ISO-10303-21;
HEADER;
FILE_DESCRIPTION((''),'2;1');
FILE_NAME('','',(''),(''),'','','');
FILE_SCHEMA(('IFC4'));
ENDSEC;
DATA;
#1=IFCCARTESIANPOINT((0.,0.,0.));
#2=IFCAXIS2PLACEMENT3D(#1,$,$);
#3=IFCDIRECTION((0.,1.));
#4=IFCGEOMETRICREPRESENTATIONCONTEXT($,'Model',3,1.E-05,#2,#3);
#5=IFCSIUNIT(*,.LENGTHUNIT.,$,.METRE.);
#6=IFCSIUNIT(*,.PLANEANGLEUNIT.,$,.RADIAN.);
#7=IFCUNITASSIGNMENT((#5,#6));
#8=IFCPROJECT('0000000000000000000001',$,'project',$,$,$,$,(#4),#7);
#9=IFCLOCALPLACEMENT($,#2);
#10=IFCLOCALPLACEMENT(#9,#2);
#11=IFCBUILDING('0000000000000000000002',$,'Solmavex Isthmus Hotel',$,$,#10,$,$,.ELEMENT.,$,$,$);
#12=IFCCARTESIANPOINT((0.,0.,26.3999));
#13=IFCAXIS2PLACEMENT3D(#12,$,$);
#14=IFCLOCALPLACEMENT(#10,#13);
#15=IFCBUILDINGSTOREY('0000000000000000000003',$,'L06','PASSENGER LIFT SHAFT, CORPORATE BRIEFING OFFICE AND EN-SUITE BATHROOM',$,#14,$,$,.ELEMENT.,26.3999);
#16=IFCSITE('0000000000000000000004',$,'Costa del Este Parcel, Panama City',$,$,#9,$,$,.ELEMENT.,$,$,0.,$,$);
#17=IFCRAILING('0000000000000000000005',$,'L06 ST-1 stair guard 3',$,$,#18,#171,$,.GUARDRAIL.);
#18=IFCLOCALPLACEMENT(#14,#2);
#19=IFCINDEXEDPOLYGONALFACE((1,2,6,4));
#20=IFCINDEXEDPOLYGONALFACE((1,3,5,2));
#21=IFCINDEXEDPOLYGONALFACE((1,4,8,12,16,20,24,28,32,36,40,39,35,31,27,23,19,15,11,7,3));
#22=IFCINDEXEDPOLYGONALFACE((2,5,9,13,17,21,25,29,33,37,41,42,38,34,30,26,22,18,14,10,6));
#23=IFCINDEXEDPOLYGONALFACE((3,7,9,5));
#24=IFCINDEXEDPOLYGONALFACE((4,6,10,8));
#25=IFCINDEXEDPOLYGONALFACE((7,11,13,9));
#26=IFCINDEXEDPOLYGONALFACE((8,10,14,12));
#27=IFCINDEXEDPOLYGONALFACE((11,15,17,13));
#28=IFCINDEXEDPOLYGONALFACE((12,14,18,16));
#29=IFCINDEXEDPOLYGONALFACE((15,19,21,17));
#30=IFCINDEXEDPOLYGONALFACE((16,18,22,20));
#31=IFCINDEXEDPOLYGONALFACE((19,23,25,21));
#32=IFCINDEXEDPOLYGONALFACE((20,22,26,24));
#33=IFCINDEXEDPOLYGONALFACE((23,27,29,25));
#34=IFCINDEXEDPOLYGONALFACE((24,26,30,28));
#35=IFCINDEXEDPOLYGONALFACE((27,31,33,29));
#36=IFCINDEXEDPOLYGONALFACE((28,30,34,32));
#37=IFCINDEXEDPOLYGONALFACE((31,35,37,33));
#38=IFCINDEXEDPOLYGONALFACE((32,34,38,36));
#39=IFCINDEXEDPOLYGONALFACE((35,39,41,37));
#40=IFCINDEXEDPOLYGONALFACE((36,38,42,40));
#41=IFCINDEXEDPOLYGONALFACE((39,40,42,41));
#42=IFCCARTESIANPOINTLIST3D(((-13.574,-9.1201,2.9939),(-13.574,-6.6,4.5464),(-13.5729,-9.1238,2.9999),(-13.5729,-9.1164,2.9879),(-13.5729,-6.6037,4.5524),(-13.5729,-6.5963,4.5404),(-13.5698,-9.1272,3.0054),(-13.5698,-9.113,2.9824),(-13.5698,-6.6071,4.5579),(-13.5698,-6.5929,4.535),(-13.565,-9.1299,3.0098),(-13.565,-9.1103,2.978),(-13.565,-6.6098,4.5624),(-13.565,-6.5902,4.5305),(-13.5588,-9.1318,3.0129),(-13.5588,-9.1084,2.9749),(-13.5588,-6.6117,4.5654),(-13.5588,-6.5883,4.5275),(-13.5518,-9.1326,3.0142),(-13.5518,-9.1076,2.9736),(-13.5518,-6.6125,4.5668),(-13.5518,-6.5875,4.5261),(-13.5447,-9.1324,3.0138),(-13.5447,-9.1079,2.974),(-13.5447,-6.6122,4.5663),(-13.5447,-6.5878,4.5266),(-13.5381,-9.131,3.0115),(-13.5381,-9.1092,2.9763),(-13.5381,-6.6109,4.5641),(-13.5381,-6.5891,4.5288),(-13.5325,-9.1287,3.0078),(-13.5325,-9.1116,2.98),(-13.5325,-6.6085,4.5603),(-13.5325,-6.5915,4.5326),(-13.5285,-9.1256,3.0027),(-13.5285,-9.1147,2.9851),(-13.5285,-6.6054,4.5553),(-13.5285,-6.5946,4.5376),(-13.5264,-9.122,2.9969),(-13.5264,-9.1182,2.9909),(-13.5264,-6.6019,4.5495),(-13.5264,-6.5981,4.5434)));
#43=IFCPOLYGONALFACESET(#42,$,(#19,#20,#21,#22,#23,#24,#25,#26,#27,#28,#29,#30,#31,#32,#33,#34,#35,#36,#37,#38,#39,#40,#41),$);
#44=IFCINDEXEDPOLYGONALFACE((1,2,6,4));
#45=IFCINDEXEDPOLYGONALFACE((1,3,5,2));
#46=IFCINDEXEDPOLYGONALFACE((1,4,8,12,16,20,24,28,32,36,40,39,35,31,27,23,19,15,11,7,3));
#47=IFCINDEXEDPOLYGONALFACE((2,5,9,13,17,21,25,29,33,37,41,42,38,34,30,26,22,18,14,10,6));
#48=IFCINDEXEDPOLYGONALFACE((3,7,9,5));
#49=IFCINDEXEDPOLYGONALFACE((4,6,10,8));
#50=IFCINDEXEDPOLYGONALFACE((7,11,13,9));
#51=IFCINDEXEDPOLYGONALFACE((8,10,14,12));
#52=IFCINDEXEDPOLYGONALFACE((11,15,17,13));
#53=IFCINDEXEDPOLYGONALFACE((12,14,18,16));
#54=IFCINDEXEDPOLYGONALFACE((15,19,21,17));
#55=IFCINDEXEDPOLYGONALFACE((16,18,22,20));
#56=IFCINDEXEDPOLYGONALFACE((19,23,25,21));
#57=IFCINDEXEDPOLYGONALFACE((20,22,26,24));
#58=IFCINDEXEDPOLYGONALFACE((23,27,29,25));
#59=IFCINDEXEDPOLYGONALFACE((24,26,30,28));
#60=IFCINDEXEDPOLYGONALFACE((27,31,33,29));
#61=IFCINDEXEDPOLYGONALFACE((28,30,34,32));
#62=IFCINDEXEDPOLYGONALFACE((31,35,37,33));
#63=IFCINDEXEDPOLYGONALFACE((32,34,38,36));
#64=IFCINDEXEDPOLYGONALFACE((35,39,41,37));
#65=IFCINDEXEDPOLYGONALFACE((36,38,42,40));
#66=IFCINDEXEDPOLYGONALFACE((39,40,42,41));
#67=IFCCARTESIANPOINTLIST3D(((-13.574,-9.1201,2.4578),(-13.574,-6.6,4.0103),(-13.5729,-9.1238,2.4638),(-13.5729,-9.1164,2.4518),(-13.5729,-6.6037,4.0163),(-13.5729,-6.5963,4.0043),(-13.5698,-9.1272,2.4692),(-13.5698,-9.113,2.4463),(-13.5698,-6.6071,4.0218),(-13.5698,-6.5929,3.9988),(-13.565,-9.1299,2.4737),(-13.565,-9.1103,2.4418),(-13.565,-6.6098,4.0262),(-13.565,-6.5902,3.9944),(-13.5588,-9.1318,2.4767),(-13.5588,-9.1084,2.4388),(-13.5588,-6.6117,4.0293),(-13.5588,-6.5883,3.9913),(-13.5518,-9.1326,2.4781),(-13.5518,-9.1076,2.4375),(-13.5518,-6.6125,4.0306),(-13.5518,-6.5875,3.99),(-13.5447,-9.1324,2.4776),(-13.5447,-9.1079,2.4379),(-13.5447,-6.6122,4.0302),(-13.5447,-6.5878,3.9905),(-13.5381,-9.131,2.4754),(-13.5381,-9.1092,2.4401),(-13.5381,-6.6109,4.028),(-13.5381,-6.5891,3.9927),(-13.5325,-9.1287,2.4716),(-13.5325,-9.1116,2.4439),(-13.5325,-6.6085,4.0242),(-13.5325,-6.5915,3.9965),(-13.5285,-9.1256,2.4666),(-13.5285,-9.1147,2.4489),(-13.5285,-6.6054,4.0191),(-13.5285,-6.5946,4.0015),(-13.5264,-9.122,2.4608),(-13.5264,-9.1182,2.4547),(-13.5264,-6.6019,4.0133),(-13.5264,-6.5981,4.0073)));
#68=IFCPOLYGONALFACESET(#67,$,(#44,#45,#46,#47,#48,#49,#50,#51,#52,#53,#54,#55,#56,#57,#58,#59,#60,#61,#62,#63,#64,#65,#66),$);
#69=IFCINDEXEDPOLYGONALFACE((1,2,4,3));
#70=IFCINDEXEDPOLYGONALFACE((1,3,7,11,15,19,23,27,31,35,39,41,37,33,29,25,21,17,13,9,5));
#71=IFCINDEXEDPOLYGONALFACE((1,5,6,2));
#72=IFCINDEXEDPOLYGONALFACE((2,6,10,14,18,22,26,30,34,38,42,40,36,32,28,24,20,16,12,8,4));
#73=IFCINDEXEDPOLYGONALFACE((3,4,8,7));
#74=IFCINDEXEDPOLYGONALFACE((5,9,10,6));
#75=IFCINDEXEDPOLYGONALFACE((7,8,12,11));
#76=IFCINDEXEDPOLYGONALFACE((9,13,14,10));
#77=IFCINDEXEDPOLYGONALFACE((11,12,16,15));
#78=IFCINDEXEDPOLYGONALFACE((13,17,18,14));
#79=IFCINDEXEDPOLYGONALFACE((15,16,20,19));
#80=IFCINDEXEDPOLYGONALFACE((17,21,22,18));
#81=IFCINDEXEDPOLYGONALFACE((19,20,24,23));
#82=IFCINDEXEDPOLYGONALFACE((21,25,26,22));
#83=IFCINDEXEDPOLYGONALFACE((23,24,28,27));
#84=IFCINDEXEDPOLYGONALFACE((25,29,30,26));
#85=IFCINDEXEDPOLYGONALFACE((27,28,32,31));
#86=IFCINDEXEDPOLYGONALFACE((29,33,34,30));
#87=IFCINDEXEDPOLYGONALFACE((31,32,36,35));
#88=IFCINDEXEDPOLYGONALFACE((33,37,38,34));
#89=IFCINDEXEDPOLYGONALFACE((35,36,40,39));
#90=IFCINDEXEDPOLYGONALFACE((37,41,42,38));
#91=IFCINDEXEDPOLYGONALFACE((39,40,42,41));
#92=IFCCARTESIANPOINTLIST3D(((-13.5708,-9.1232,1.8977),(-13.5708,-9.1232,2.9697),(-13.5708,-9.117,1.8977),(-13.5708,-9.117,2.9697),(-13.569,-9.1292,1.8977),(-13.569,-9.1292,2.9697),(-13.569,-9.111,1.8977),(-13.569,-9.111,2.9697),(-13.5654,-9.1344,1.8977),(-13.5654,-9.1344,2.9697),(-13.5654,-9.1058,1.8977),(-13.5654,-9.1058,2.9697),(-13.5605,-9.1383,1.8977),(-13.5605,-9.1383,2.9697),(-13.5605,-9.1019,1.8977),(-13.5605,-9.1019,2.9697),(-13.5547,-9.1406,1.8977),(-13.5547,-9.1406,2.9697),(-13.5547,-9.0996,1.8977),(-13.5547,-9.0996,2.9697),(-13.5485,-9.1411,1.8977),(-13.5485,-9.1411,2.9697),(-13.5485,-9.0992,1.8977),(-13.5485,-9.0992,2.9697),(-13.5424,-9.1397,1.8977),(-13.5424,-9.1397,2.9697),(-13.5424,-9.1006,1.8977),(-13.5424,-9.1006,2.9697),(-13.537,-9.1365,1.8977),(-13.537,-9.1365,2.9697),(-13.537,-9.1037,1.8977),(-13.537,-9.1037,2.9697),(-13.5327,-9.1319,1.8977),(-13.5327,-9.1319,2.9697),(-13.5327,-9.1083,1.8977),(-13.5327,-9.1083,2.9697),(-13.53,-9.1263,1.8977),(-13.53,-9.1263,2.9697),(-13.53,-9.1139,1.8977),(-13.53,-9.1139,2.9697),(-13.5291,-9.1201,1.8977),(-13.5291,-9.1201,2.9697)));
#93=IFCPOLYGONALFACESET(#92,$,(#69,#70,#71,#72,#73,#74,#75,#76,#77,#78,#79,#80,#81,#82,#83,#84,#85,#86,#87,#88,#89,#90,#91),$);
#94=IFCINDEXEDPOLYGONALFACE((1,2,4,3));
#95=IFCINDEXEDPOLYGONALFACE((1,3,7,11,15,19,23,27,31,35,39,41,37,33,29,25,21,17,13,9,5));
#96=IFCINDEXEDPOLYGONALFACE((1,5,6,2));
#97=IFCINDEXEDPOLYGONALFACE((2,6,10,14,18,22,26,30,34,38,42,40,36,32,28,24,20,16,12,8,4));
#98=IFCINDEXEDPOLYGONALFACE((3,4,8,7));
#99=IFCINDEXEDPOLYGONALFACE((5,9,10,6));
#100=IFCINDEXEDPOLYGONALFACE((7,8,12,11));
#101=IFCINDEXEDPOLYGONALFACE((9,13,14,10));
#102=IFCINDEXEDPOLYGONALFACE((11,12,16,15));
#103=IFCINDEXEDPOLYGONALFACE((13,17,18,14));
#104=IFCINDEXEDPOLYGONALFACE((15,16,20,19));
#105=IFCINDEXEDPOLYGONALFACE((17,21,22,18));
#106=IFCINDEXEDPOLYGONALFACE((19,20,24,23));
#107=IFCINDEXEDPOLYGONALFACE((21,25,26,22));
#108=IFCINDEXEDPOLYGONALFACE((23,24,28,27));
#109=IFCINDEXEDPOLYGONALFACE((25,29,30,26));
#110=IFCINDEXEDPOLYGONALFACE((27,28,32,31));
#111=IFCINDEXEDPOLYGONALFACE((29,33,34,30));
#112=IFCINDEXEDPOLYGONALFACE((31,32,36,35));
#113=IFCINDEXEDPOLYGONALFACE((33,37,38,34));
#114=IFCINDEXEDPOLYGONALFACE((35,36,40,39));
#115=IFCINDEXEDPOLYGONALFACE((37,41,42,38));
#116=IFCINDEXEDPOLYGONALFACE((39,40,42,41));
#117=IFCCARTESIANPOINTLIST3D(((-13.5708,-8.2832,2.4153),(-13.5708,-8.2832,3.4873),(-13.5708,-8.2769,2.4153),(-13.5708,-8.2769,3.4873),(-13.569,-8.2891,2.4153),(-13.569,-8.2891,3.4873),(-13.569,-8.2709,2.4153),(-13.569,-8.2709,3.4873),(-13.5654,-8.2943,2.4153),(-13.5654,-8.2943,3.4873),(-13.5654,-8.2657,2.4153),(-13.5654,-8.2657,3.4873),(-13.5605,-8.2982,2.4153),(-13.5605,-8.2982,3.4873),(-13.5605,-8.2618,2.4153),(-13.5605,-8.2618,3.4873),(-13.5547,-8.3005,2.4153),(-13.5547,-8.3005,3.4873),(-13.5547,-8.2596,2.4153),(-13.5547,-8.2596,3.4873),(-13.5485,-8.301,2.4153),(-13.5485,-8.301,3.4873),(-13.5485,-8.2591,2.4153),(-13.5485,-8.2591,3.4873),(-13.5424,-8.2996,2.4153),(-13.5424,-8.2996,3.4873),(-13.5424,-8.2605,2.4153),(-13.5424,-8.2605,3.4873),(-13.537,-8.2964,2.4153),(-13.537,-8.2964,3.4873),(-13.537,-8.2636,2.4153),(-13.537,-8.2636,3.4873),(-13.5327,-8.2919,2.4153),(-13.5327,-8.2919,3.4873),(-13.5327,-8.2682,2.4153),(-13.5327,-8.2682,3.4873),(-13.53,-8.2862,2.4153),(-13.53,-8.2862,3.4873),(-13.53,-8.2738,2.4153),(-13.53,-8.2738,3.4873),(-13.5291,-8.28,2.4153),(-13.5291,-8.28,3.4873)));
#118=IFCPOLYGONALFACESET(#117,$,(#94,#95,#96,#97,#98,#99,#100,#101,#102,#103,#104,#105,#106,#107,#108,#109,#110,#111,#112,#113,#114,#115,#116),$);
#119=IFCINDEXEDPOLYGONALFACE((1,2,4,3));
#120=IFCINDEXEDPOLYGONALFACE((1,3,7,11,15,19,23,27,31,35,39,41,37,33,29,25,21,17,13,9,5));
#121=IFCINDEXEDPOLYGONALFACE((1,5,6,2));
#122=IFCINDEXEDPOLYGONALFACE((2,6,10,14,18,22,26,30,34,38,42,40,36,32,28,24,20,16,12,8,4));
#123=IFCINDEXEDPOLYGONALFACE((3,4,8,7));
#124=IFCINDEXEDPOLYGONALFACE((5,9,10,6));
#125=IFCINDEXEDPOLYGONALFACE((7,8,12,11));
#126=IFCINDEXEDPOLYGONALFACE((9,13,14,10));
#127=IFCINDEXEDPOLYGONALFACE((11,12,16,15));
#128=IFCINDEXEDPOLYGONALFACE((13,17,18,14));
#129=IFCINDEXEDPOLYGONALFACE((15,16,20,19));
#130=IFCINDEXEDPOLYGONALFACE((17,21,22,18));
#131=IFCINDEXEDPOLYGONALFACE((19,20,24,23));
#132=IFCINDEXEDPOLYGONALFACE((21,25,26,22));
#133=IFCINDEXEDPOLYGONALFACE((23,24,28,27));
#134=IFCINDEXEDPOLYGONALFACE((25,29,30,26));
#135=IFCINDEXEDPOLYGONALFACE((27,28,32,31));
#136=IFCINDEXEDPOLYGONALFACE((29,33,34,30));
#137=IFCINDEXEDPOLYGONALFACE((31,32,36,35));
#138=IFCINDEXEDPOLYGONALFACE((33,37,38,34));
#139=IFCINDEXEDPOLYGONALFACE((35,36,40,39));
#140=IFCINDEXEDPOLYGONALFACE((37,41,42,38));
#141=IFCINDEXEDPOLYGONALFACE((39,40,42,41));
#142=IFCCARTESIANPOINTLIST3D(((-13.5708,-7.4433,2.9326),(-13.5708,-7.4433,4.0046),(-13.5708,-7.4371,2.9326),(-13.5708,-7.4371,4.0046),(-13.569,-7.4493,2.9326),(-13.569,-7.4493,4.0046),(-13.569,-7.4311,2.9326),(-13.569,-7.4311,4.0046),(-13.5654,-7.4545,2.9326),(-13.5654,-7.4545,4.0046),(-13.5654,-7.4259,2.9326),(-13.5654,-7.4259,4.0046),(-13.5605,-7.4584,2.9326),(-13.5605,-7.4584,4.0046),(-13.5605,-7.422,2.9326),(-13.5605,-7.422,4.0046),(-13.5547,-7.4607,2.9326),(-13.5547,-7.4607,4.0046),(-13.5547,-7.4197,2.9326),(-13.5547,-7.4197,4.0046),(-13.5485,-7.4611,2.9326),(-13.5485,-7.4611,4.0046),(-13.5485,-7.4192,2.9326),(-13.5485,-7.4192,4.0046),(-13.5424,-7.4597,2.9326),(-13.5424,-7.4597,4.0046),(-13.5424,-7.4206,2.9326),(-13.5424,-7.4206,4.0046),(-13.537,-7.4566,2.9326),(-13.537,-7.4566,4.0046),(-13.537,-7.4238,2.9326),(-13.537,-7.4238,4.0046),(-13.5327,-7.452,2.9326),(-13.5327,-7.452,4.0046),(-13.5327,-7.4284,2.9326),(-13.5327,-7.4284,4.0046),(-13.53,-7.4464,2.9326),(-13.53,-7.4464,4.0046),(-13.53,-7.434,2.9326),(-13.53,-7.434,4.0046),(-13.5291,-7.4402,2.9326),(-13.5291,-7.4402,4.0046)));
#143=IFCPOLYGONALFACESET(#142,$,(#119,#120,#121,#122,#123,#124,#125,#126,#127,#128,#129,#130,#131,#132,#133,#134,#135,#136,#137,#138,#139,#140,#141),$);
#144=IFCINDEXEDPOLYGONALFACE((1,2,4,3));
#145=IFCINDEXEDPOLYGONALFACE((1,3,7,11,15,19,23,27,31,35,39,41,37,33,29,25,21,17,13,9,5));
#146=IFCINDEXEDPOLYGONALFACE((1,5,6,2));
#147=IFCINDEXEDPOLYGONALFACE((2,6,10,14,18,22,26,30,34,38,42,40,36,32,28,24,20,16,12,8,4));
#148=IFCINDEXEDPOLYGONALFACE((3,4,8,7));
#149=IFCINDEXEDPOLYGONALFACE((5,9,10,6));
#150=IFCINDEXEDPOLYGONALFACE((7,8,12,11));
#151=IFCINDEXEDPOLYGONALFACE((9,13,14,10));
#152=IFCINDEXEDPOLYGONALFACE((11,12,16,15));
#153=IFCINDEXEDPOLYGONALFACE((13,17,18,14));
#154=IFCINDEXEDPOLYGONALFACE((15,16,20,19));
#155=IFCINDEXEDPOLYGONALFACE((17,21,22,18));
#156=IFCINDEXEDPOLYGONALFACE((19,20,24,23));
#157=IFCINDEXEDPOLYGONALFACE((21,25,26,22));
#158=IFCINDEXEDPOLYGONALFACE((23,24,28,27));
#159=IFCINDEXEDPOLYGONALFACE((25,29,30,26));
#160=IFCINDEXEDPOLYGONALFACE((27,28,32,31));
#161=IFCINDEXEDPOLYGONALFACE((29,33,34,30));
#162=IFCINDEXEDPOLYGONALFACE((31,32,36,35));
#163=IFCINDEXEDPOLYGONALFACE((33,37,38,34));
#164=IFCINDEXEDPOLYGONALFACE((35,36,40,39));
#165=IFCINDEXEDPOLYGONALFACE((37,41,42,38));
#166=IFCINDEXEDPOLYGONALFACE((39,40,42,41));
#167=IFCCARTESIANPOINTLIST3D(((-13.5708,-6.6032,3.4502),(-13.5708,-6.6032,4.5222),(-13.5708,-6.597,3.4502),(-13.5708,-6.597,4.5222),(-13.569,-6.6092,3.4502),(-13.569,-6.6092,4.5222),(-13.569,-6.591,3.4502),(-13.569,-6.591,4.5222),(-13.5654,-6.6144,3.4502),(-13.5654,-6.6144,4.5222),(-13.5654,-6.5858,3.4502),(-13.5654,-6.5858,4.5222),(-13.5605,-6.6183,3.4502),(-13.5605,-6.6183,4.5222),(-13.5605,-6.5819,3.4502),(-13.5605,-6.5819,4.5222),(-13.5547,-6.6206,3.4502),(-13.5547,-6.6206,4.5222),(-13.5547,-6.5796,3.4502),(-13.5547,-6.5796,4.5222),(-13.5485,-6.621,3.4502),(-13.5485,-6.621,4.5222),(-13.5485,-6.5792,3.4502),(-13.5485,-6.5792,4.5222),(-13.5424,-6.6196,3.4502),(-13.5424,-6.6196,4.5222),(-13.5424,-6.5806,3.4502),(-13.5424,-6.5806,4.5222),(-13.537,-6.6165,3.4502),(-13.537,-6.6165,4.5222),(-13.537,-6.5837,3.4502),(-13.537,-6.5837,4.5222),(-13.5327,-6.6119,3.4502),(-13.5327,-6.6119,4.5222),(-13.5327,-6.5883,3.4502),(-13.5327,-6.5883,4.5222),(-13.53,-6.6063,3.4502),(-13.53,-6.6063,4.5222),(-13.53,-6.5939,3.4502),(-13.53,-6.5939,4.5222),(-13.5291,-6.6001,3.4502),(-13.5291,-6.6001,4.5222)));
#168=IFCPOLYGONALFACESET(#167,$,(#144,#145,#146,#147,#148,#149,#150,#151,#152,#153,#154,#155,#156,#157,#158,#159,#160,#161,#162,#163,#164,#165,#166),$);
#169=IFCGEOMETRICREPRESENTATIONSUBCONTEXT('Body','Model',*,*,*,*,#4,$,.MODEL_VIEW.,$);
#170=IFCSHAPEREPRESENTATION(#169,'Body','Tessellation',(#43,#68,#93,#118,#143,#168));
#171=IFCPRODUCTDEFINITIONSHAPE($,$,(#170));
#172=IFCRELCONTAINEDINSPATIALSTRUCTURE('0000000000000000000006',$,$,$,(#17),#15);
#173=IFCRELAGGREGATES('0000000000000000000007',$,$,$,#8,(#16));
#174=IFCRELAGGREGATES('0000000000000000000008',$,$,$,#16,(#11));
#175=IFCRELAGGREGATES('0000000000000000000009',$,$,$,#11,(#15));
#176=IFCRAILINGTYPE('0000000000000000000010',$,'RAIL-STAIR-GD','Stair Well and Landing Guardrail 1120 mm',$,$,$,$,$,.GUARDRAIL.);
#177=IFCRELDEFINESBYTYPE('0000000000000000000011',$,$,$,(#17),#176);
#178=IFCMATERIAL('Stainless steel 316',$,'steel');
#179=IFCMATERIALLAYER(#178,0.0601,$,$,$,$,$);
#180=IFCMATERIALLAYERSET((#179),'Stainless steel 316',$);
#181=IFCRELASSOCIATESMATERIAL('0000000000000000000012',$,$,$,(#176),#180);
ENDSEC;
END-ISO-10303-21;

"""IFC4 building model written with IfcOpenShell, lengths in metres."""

from ifc_helpers import new_model, si_unit, direction, frame, origin, origin_2d, place, context, subcontext, project, spatial, circle, extrude, material, layer, layer_set, type_object, element, save


model = new_model("IFC4")

# Units and contexts
model_context = context("Model", 3, precision=1e-05, world=origin(), true_north=direction((0.0, 1.0)))
body_context = subcontext(model_context, "Body", "Model", "MODEL_VIEW")
ifc_project = project(units=[si_unit("LENGTHUNIT", "METRE"), si_unit("PLANEANGLEUNIT", "RADIAN")], contexts=[model_context])

# Site, building, storey
site_placement = place(None, origin())
site = spatial("IfcSite", under=ifc_project, at=site_placement, Name="Costa del Este Parcel, Panama City", CompositionType="ELEMENT", RefElevation=0.0)
building_placement = place(site_placement, origin())
building = spatial("IfcBuilding", under=site, at=building_placement, Name="Solmavex Isthmus Hotel", CompositionType="ELEMENT")
storey_placement = place(building_placement, frame((0.0, 0.0, 26.3999)))
storey = spatial("IfcBuildingStorey", under=building, at=storey_placement, Name="L06", Description="PASSENGER LIFT SHAFT, CORPORATE BRIEFING OFFICE AND EN-SUITE BATHROOM", CompositionType="ELEMENT", Elevation=26.3999)

# Shared definitions
ifc_material_1 = material(Name="Stainless steel 316", Category="steel")

# Railing
ifc_layer_1 = layer(ifc_material_1, 0.0601)
ifc_layer_set_1 = layer_set([ifc_layer_1], Name="Stainless steel 316")
railing_type_1 = type_object("IfcRailingType", Name="RAIL-STAIR-GD", Description="Stair Well and Landing Guardrail 1120 mm", PredefinedType="GUARDRAIL", material=ifc_layer_set_1)
railing_1_placement = place(storey_placement, frame((-13.55, -9.1201, 1.8977)))
element("IfcRailing", 1, at=railing_1_placement, inside=storey, type_object=railing_type_1, Name="L06 ST-1 stair guard 3", PredefinedType="GUARDRAIL", context=body_context, shape_type="SweptSolid", body=[
    extrude(circle(Radius=0.0239, at=origin_2d()), frame((0.0, 0.0, 1.0962), z_axis=(0.0, 0.8514, 0.524516), x_axis=(-1.0, 0.0, 0.0)), (0.0, 0.0, 1.0), 2.96),
    extrude(circle(Radius=0.0239, at=origin_2d()), frame((0.0, 0.0, 0.5601), z_axis=(0.0, 0.8514, 0.524516), x_axis=(-1.0, 0.0, 0.0)), (0.0, 0.0, 1.0), 2.96),
    extrude(circle(Radius=0.021, at=origin_2d()), origin(), (0.0, 0.0, 1.0), 1.072),
    extrude(circle(Radius=0.021, at=origin_2d()), frame((0.0, 0.8401, 0.5176)), (0.0, 0.0, 1.0), 1.072),
    extrude(circle(Radius=0.021, at=origin_2d()), frame((0.0, 1.6799, 1.0349)), (0.0, 0.0, 1.0), 1.072),
    extrude(circle(Radius=0.021, at=origin_2d()), frame((0.0, 2.52, 1.5525)), (0.0, 0.0, 1.0), 1.072),
])

save(model, "model.ifc")
